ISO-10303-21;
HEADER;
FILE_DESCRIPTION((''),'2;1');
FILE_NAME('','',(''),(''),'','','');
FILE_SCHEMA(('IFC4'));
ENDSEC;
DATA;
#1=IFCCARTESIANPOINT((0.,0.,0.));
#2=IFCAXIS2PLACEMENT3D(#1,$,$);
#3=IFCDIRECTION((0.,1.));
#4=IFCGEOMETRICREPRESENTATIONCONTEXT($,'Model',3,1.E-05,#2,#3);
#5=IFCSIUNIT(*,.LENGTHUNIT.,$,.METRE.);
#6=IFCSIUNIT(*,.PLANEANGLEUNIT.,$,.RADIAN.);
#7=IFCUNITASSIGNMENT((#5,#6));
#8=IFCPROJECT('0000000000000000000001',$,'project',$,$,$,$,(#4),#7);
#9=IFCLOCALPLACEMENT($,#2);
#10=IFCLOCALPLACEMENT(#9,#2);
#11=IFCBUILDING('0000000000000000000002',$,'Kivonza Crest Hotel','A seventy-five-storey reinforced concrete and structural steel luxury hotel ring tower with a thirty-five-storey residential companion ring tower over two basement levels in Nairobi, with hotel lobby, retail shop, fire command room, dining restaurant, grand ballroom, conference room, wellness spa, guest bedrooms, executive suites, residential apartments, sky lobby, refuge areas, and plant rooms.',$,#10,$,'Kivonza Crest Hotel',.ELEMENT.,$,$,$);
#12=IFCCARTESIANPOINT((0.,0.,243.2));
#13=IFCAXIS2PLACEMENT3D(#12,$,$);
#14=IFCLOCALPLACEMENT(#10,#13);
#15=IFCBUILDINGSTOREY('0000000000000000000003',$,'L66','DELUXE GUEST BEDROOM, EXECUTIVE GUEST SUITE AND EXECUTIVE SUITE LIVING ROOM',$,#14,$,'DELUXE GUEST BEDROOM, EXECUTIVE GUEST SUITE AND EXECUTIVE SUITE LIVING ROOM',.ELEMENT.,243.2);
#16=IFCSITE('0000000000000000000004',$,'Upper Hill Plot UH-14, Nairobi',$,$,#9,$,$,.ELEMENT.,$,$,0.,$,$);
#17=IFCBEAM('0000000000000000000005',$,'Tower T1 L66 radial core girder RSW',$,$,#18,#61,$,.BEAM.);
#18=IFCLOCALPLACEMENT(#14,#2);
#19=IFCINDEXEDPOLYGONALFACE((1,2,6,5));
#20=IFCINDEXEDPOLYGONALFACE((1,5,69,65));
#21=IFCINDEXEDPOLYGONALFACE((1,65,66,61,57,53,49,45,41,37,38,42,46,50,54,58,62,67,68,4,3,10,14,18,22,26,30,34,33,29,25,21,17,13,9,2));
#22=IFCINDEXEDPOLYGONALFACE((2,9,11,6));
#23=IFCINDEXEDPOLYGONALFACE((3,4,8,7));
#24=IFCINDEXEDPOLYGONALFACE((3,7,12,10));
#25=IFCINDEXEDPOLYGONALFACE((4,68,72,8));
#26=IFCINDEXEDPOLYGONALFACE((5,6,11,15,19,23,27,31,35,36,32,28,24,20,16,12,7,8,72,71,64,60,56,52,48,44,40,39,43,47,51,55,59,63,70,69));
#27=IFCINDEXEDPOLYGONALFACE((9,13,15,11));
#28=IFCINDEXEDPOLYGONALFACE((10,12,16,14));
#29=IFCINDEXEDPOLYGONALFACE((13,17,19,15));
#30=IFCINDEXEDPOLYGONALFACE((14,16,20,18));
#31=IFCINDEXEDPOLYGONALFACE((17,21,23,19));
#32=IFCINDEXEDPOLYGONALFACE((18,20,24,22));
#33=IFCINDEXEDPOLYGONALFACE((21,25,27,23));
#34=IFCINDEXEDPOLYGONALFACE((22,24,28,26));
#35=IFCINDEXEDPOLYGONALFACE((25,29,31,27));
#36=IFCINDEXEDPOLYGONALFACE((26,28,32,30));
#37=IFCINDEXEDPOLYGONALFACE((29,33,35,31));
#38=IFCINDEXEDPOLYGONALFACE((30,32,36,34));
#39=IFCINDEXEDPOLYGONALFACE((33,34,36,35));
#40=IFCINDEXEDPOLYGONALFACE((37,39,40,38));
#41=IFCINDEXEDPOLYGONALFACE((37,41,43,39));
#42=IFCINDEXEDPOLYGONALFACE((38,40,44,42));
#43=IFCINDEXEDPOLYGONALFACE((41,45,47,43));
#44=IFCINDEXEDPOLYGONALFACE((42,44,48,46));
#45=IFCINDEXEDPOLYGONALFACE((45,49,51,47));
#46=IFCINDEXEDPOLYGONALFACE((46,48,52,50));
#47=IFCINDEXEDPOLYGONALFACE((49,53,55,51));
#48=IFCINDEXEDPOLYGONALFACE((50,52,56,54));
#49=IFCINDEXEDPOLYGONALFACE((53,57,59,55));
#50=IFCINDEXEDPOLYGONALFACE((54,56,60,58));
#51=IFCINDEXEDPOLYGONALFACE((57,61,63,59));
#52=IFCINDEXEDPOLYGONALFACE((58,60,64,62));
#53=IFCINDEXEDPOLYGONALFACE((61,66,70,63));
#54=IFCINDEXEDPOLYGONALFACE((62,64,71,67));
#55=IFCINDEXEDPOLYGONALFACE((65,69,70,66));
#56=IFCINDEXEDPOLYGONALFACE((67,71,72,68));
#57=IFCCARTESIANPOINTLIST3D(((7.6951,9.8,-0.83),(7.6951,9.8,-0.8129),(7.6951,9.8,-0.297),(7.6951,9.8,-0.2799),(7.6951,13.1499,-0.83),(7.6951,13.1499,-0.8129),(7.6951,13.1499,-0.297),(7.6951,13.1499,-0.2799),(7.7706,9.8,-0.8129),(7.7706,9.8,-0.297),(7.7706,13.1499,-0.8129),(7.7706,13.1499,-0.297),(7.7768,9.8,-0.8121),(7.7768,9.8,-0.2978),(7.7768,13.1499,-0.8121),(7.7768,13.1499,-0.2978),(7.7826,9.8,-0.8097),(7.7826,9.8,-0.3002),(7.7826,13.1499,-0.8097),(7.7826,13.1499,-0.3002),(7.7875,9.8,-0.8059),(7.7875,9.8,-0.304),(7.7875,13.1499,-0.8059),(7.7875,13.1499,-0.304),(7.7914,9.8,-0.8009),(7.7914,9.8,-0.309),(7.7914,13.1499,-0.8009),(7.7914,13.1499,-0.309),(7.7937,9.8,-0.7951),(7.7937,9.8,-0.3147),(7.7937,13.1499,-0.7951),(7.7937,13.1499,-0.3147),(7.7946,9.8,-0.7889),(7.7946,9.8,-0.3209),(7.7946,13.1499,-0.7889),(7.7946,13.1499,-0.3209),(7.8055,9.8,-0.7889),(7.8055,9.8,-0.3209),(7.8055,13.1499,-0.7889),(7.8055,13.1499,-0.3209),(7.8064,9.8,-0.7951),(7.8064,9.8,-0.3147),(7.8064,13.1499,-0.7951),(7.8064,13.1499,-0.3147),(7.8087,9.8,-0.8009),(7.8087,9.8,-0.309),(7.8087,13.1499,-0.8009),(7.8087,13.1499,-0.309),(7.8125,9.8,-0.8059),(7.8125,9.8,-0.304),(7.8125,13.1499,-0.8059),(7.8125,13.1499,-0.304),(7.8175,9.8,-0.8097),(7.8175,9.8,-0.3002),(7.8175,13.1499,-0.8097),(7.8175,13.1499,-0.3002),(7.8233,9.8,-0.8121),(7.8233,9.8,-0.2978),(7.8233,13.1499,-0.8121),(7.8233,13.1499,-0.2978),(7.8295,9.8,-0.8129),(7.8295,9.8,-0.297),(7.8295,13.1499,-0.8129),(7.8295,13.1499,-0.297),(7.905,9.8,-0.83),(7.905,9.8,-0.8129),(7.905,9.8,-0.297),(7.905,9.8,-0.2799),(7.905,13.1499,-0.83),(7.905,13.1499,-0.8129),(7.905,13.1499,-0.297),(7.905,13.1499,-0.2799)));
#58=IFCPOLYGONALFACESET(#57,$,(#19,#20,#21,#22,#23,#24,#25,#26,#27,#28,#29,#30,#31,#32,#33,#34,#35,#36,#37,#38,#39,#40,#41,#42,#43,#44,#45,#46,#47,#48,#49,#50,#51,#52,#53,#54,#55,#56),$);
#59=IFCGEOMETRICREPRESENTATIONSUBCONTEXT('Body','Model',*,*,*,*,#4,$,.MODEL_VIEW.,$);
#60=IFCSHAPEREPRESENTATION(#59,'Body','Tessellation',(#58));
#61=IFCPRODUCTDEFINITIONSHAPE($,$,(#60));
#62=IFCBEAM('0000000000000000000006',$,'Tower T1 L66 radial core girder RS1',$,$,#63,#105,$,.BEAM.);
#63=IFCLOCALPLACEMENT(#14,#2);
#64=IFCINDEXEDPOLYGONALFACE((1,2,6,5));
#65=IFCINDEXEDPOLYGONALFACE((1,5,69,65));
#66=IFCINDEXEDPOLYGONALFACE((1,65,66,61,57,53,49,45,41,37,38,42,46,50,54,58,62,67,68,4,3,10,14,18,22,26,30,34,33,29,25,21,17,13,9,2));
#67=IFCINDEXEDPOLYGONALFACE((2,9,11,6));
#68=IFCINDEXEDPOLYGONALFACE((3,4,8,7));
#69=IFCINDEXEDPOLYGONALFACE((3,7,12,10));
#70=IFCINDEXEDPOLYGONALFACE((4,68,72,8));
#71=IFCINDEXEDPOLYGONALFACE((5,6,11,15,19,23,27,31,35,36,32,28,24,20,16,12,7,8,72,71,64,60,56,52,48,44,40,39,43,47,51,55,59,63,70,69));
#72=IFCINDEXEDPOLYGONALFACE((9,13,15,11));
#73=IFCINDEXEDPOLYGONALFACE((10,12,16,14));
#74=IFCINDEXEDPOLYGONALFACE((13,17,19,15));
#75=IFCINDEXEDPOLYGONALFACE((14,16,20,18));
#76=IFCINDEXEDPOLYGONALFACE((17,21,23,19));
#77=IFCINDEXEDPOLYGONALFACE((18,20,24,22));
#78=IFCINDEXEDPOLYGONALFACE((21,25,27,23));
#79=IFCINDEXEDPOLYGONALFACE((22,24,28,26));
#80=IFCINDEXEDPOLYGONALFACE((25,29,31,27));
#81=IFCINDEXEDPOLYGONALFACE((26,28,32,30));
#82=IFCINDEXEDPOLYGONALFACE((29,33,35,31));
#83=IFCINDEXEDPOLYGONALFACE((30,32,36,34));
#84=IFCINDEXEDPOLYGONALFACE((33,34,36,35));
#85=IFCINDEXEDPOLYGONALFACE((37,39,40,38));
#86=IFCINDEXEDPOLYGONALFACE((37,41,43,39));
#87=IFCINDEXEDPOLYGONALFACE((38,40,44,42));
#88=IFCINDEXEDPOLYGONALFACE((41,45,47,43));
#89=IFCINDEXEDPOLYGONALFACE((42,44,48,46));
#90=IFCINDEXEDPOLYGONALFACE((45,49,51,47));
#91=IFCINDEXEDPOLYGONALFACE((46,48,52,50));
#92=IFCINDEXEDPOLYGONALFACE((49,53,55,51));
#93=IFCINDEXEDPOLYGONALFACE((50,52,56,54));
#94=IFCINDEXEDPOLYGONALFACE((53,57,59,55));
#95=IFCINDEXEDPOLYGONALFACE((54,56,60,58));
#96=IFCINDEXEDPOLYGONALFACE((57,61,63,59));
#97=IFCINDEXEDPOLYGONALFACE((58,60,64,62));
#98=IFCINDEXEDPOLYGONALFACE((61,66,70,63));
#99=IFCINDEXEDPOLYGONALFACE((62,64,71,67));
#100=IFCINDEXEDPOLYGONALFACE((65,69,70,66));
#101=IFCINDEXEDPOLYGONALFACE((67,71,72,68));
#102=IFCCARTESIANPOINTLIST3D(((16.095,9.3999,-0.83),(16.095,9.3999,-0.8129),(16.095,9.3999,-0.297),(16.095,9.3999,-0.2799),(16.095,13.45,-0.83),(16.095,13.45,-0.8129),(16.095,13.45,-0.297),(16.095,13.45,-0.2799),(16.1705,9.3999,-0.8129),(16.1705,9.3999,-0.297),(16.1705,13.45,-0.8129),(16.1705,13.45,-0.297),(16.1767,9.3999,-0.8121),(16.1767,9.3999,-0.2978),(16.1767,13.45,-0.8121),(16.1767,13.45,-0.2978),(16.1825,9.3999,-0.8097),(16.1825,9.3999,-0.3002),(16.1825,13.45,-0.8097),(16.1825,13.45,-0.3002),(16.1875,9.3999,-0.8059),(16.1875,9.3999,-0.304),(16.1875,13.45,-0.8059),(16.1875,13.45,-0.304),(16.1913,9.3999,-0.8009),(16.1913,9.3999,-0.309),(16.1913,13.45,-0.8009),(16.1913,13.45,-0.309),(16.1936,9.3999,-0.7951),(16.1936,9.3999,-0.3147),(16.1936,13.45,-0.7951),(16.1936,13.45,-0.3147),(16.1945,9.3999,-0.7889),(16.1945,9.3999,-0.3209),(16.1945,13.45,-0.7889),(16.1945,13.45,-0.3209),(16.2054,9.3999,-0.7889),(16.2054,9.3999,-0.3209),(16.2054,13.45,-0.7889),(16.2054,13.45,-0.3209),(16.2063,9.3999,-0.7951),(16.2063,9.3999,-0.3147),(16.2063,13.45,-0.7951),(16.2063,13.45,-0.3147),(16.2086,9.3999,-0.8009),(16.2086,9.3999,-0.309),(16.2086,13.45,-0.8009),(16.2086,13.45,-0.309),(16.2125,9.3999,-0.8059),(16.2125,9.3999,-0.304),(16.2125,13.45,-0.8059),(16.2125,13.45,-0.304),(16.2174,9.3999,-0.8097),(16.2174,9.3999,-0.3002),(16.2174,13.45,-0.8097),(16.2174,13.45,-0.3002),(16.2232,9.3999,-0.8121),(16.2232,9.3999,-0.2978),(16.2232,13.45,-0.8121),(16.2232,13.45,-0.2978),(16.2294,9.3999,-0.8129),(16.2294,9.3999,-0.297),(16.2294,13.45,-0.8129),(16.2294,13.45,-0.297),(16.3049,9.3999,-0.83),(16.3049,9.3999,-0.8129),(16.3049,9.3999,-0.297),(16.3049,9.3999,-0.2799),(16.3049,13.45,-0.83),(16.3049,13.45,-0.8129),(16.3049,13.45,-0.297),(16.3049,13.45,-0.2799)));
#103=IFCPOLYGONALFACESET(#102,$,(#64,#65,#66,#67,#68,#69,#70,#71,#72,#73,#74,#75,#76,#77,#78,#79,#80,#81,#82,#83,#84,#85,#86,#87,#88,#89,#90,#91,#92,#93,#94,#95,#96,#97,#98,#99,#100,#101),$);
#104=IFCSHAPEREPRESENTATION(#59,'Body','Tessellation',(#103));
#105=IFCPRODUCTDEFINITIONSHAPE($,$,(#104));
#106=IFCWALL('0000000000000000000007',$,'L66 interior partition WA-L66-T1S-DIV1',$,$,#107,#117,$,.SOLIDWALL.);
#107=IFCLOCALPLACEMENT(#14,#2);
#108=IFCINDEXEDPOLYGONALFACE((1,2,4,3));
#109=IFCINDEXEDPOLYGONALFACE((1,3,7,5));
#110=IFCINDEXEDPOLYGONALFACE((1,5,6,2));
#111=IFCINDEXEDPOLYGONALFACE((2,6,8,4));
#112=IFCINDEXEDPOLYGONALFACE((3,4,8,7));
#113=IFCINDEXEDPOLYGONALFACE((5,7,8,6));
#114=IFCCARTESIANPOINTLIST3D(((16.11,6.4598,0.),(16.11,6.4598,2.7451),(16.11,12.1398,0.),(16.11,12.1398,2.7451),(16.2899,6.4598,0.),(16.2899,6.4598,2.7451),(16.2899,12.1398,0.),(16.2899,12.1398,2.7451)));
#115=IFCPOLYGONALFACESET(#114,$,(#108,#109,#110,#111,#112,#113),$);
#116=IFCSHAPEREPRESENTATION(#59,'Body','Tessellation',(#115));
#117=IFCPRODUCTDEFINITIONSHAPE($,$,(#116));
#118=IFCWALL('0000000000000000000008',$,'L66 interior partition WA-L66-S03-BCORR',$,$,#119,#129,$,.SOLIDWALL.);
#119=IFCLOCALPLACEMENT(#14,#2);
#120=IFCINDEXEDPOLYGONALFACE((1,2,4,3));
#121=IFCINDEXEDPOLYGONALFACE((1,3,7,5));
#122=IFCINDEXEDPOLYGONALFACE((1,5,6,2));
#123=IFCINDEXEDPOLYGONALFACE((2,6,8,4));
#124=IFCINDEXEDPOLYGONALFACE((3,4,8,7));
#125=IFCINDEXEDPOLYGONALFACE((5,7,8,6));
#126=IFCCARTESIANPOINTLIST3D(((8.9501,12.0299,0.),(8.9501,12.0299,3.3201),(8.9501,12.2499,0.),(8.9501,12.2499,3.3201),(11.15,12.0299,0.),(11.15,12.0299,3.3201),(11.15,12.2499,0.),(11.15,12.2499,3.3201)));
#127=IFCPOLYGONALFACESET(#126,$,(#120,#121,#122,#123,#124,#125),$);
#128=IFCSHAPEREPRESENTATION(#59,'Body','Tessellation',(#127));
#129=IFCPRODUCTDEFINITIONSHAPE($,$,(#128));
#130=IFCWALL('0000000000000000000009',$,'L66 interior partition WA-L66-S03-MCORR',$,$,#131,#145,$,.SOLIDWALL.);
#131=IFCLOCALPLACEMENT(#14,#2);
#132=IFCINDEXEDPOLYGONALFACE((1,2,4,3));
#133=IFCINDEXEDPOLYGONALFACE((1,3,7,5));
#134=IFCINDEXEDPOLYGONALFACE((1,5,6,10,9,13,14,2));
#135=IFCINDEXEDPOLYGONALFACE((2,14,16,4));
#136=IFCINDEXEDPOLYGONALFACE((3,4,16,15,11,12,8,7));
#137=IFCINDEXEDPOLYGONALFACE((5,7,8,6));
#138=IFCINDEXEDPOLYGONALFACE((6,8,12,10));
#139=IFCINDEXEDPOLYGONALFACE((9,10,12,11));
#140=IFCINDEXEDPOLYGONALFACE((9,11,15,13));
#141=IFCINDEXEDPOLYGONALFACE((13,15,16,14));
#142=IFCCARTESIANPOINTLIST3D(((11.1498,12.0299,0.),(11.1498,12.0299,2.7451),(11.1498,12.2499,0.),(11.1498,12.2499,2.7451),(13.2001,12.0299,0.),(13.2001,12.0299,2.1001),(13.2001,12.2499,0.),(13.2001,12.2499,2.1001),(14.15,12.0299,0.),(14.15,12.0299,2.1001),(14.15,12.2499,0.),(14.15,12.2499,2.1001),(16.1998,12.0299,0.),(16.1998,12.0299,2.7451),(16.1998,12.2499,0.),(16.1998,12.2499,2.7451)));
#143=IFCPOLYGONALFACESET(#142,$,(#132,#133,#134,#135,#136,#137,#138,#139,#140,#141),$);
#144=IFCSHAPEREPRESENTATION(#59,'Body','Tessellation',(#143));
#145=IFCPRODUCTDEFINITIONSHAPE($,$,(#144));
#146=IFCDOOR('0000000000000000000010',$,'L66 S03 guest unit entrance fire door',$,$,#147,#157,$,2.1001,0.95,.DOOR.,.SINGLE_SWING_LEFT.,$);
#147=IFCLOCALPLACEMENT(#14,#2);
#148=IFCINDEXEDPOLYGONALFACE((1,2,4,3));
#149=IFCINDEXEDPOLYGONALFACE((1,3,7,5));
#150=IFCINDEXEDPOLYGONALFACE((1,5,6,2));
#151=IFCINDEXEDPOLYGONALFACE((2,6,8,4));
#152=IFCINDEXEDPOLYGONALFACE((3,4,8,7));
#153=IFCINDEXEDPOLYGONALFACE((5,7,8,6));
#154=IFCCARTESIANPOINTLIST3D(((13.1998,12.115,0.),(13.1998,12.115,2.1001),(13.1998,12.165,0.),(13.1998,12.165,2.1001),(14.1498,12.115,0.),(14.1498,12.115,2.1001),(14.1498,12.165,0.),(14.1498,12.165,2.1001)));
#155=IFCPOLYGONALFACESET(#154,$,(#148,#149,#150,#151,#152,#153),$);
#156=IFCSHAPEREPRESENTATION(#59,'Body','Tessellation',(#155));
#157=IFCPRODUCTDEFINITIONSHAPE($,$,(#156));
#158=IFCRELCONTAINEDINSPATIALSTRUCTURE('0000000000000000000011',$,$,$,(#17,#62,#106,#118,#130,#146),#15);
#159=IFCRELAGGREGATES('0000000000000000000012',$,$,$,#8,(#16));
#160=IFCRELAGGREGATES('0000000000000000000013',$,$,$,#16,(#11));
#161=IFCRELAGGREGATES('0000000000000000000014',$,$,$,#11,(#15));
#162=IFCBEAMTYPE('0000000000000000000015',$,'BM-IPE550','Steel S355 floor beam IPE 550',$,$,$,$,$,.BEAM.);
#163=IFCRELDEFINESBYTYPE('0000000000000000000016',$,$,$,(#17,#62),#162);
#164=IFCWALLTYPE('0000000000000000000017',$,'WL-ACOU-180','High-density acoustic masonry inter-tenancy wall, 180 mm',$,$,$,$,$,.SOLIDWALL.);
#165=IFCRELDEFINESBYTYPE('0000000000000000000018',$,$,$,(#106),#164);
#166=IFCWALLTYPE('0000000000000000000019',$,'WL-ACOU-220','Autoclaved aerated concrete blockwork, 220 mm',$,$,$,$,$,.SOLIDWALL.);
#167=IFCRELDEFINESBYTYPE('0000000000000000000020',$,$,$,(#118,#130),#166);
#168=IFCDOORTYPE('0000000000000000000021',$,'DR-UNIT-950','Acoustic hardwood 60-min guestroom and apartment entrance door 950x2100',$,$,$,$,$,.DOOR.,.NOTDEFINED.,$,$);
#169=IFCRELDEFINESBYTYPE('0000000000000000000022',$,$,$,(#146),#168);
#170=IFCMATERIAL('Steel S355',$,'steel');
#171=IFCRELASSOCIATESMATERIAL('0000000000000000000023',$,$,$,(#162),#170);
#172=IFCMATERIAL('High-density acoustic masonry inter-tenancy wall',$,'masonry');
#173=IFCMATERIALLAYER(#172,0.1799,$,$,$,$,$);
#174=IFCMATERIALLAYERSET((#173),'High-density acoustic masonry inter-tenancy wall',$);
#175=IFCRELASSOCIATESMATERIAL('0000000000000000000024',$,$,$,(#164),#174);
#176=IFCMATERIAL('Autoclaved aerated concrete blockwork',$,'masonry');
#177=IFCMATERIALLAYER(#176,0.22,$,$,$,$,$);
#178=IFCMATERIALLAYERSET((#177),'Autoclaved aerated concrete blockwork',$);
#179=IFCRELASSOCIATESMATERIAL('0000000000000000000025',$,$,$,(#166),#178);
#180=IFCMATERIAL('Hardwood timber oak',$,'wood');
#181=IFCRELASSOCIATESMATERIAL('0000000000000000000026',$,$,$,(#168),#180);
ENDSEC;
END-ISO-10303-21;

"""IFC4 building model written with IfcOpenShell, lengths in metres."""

from ifc_helpers import new_model, si_unit, direction, frame, frame_2d, origin, origin_2d, place, context, subcontext, project, spatial, rectangle, i_section, extrude, material, layer, layer_set, material_profile, profile_set, type_object, element, fill, save


model = new_model("IFC4")

# Units and contexts
model_context = context("Model", 3, precision=1e-05, world=origin(), true_north=direction((0.0, 1.0)))
body_context = subcontext(model_context, "Body", "Model", "MODEL_VIEW")
ifc_project = project(units=[si_unit("LENGTHUNIT", "METRE"), si_unit("PLANEANGLEUNIT", "RADIAN")], contexts=[model_context])

# Site, building, storey
site_placement = place(None, origin())
site = spatial("IfcSite", under=ifc_project, at=site_placement, Name="Upper Hill Plot UH-14, Nairobi", CompositionType="ELEMENT", RefElevation=0.0)
building_placement = place(site_placement, origin())
building = spatial("IfcBuilding", under=site, at=building_placement, Name="Kivonza Crest Hotel", Description="A seventy-five-storey reinforced concrete and structural steel luxury hotel ring tower with a thirty-five-storey residential companion ring tower over two basement levels in Nairobi, with hotel lobby, retail shop, fire command room, dining restaurant, grand ballroom, conference room, wellness spa, guest bedrooms, executive suites, residential apartments, sky lobby, refuge areas, and plant rooms.", LongName="Kivonza Crest Hotel", CompositionType="ELEMENT")
storey_placement = place(building_placement, frame((0.0, 0.0, 243.2)))
storey = spatial("IfcBuildingStorey", under=building, at=storey_placement, Name="L66", Description="DELUXE GUEST BEDROOM, EXECUTIVE GUEST SUITE AND EXECUTIVE SUITE LIVING ROOM", LongName="DELUXE GUEST BEDROOM, EXECUTIVE GUEST SUITE AND EXECUTIVE SUITE LIVING ROOM", CompositionType="ELEMENT", Elevation=243.2)

# Beams
ifc_material_1 = material(Name="Steel S355", Category="steel")
ifc_material_profile_1 = material_profile(ifc_material_1, i_section(OverallWidth=0.21, OverallDepth=0.55, WebThickness=0.011, FlangeThickness=0.0171, FilletRadius=0.0239, at=origin_2d()), Name="IPE 550")
ifc_profile_set_1 = profile_set([ifc_material_profile_1], Name="Steel S355")
beam_type_1 = type_object("IfcBeamType", Name="BM-IPE550", Description="Steel S355 floor beam IPE 550", PredefinedType="BEAM", material=ifc_profile_set_1)
beam_1_placement = place(storey_placement, frame((7.8, 9.8, -0.5549), z_axis=(0.0, 1.0, 0.0), x_axis=(-1.0, 0.0, 0.0)))
element("IfcBeam", 1, at=beam_1_placement, inside=storey, type_object=beam_type_1, Name="Tower T1 L66 radial core girder RSW", PredefinedType="BEAM", context=body_context, shape_type="SweptSolid", body=[
    extrude(i_section(OverallWidth=0.21, OverallDepth=0.55, WebThickness=0.011, FlangeThickness=0.0171, FilletRadius=0.0239, at=origin_2d()), origin(), (0.0, 0.0, 1.0), 3.3499),
])
beam_2_placement = place(storey_placement, frame((16.2, 9.3999, -0.5549), z_axis=(0.0, 1.0, 0.0), x_axis=(-1.0, 0.0, 0.0)))
element("IfcBeam", 2, at=beam_2_placement, inside=storey, type_object=beam_type_1, Name="Tower T1 L66 radial core girder RS1", PredefinedType="BEAM", context=body_context, shape_type="SweptSolid", body=[
    extrude(i_section(OverallWidth=0.21, OverallDepth=0.55, WebThickness=0.011, FlangeThickness=0.0171, FilletRadius=0.0239, at=origin_2d()), origin(), (0.0, 0.0, 1.0), 4.05),
])

# Walls
ifc_material_2 = material(Name="High-density acoustic masonry inter-tenancy wall", Category="masonry")
ifc_layer_1 = layer(ifc_material_2, 0.1799)
ifc_layer_set_1 = layer_set([ifc_layer_1], Name="High-density acoustic masonry inter-tenancy wall")
wall_type_1 = type_object("IfcWallType", Name="WL-ACOU-180", Description="High-density acoustic masonry inter-tenancy wall, 180 mm", PredefinedType="SOLIDWALL", material=ifc_layer_set_1)
wall_1_placement = place(storey_placement, frame((16.2, 6.46, 0.0), z_axis=(0.0, 0.0, 1.0), x_axis=(0.0, 1.0, 0.0)))
element("IfcWall", 3, at=wall_1_placement, inside=storey, type_object=wall_type_1, Name="L66 interior partition WA-L66-T1S-DIV1", PredefinedType="SOLIDWALL", context=body_context, shape_type="SweptSolid", body=[
    extrude(rectangle(XDim=5.6799, YDim=0.1799, at=frame_2d((2.8398, 0.0))), origin(), (0.0, 0.0, 1.0), 2.7451),
])
ifc_material_3 = material(Name="Autoclaved aerated concrete blockwork", Category="masonry")
ifc_layer_2 = layer(ifc_material_3, 0.22)
ifc_layer_set_2 = layer_set([ifc_layer_2], Name="Autoclaved aerated concrete blockwork")
wall_type_2 = type_object("IfcWallType", Name="WL-ACOU-220", Description="Autoclaved aerated concrete blockwork, 220 mm", PredefinedType="SOLIDWALL", material=ifc_layer_set_2)
wall_2_placement = place(storey_placement, frame((8.95, 12.1399, 0.0), z_axis=(0.0, 0.0, 1.0), x_axis=(1.0, 0.0, 0.0)))
element("IfcWall", 4, at=wall_2_placement, inside=storey, type_object=wall_type_2, Name="L66 interior partition WA-L66-S03-BCORR", PredefinedType="SOLIDWALL", context=body_context, shape_type="SweptSolid", body=[
    extrude(rectangle(XDim=2.2, YDim=0.22, at=frame_2d((1.1001, 0.0))), origin(), (0.0, 0.0, 1.0), 3.3201),
])

# Wall, opening, door
wall_3_placement = place(storey_placement, frame((11.1499, 12.1399, 0.0), z_axis=(0.0, 0.0, 1.0), x_axis=(1.0, 0.0, 0.0)))
wall_3 = element("IfcWall", 5, at=wall_3_placement, inside=storey, type_object=wall_type_2, Name="L66 interior partition WA-L66-S03-MCORR", PredefinedType="SOLIDWALL", context=body_context, shape_type="SweptSolid", body=[
    extrude(rectangle(XDim=5.05, YDim=0.22, at=frame_2d((2.5249, 0.0))), origin(), (0.0, 0.0, 1.0), 2.7451),
])
opening_1_placement = place(wall_3_placement, frame((2.05, 0.0, 0.0)))
opening_1 = element("IfcOpeningElement", 6, at=opening_1_placement, cuts=wall_3, PredefinedType="OPENING", context=body_context, shape_type="SweptSolid", body=[
    extrude(rectangle(XDim=0.95, YDim=2.1001, at=frame_2d((0.4751, 1.05))), frame((0.0, 0.1201, 0.0), z_axis=(0.0, -1.0, 0.0), x_axis=(1.0, 0.0, 0.0)), (0.0, 0.0, 1.0), 0.24),
])
ifc_material_4 = material(Name="Hardwood timber oak", Category="wood")
door_type_1 = type_object("IfcDoorType", Name="DR-UNIT-950", Description="Acoustic hardwood 60-min guestroom and apartment entrance door 950x2100", OperationType="NOTDEFINED", PredefinedType="DOOR", material=ifc_material_4)
door_1_placement = place(opening_1_placement, frame((0.95, 0.0, 0.0), z_axis=(0.0, 0.0, 1.0), x_axis=(-1.0, 0.0, 0.0)))
door_1 = element("IfcDoor", 7, at=door_1_placement, inside=storey, type_object=door_type_1, Name="L66 S03 guest unit entrance fire door", OperationType="SINGLE_SWING_LEFT", OverallHeight=2.1001, OverallWidth=0.95, PredefinedType="DOOR", context=body_context, shape_type="SweptSolid", body=[
    extrude(rectangle(XDim=0.95, YDim=2.1001, at=frame_2d((0.4751, 1.05))), frame((0.0, 0.0249, 0.0), z_axis=(0.0, -1.0, 0.0), x_axis=(1.0, 0.0, 0.0)), (0.0, 0.0, 1.0), 0.05),
])
fill(opening_1, door_1)

save(model, "model.ifc")
